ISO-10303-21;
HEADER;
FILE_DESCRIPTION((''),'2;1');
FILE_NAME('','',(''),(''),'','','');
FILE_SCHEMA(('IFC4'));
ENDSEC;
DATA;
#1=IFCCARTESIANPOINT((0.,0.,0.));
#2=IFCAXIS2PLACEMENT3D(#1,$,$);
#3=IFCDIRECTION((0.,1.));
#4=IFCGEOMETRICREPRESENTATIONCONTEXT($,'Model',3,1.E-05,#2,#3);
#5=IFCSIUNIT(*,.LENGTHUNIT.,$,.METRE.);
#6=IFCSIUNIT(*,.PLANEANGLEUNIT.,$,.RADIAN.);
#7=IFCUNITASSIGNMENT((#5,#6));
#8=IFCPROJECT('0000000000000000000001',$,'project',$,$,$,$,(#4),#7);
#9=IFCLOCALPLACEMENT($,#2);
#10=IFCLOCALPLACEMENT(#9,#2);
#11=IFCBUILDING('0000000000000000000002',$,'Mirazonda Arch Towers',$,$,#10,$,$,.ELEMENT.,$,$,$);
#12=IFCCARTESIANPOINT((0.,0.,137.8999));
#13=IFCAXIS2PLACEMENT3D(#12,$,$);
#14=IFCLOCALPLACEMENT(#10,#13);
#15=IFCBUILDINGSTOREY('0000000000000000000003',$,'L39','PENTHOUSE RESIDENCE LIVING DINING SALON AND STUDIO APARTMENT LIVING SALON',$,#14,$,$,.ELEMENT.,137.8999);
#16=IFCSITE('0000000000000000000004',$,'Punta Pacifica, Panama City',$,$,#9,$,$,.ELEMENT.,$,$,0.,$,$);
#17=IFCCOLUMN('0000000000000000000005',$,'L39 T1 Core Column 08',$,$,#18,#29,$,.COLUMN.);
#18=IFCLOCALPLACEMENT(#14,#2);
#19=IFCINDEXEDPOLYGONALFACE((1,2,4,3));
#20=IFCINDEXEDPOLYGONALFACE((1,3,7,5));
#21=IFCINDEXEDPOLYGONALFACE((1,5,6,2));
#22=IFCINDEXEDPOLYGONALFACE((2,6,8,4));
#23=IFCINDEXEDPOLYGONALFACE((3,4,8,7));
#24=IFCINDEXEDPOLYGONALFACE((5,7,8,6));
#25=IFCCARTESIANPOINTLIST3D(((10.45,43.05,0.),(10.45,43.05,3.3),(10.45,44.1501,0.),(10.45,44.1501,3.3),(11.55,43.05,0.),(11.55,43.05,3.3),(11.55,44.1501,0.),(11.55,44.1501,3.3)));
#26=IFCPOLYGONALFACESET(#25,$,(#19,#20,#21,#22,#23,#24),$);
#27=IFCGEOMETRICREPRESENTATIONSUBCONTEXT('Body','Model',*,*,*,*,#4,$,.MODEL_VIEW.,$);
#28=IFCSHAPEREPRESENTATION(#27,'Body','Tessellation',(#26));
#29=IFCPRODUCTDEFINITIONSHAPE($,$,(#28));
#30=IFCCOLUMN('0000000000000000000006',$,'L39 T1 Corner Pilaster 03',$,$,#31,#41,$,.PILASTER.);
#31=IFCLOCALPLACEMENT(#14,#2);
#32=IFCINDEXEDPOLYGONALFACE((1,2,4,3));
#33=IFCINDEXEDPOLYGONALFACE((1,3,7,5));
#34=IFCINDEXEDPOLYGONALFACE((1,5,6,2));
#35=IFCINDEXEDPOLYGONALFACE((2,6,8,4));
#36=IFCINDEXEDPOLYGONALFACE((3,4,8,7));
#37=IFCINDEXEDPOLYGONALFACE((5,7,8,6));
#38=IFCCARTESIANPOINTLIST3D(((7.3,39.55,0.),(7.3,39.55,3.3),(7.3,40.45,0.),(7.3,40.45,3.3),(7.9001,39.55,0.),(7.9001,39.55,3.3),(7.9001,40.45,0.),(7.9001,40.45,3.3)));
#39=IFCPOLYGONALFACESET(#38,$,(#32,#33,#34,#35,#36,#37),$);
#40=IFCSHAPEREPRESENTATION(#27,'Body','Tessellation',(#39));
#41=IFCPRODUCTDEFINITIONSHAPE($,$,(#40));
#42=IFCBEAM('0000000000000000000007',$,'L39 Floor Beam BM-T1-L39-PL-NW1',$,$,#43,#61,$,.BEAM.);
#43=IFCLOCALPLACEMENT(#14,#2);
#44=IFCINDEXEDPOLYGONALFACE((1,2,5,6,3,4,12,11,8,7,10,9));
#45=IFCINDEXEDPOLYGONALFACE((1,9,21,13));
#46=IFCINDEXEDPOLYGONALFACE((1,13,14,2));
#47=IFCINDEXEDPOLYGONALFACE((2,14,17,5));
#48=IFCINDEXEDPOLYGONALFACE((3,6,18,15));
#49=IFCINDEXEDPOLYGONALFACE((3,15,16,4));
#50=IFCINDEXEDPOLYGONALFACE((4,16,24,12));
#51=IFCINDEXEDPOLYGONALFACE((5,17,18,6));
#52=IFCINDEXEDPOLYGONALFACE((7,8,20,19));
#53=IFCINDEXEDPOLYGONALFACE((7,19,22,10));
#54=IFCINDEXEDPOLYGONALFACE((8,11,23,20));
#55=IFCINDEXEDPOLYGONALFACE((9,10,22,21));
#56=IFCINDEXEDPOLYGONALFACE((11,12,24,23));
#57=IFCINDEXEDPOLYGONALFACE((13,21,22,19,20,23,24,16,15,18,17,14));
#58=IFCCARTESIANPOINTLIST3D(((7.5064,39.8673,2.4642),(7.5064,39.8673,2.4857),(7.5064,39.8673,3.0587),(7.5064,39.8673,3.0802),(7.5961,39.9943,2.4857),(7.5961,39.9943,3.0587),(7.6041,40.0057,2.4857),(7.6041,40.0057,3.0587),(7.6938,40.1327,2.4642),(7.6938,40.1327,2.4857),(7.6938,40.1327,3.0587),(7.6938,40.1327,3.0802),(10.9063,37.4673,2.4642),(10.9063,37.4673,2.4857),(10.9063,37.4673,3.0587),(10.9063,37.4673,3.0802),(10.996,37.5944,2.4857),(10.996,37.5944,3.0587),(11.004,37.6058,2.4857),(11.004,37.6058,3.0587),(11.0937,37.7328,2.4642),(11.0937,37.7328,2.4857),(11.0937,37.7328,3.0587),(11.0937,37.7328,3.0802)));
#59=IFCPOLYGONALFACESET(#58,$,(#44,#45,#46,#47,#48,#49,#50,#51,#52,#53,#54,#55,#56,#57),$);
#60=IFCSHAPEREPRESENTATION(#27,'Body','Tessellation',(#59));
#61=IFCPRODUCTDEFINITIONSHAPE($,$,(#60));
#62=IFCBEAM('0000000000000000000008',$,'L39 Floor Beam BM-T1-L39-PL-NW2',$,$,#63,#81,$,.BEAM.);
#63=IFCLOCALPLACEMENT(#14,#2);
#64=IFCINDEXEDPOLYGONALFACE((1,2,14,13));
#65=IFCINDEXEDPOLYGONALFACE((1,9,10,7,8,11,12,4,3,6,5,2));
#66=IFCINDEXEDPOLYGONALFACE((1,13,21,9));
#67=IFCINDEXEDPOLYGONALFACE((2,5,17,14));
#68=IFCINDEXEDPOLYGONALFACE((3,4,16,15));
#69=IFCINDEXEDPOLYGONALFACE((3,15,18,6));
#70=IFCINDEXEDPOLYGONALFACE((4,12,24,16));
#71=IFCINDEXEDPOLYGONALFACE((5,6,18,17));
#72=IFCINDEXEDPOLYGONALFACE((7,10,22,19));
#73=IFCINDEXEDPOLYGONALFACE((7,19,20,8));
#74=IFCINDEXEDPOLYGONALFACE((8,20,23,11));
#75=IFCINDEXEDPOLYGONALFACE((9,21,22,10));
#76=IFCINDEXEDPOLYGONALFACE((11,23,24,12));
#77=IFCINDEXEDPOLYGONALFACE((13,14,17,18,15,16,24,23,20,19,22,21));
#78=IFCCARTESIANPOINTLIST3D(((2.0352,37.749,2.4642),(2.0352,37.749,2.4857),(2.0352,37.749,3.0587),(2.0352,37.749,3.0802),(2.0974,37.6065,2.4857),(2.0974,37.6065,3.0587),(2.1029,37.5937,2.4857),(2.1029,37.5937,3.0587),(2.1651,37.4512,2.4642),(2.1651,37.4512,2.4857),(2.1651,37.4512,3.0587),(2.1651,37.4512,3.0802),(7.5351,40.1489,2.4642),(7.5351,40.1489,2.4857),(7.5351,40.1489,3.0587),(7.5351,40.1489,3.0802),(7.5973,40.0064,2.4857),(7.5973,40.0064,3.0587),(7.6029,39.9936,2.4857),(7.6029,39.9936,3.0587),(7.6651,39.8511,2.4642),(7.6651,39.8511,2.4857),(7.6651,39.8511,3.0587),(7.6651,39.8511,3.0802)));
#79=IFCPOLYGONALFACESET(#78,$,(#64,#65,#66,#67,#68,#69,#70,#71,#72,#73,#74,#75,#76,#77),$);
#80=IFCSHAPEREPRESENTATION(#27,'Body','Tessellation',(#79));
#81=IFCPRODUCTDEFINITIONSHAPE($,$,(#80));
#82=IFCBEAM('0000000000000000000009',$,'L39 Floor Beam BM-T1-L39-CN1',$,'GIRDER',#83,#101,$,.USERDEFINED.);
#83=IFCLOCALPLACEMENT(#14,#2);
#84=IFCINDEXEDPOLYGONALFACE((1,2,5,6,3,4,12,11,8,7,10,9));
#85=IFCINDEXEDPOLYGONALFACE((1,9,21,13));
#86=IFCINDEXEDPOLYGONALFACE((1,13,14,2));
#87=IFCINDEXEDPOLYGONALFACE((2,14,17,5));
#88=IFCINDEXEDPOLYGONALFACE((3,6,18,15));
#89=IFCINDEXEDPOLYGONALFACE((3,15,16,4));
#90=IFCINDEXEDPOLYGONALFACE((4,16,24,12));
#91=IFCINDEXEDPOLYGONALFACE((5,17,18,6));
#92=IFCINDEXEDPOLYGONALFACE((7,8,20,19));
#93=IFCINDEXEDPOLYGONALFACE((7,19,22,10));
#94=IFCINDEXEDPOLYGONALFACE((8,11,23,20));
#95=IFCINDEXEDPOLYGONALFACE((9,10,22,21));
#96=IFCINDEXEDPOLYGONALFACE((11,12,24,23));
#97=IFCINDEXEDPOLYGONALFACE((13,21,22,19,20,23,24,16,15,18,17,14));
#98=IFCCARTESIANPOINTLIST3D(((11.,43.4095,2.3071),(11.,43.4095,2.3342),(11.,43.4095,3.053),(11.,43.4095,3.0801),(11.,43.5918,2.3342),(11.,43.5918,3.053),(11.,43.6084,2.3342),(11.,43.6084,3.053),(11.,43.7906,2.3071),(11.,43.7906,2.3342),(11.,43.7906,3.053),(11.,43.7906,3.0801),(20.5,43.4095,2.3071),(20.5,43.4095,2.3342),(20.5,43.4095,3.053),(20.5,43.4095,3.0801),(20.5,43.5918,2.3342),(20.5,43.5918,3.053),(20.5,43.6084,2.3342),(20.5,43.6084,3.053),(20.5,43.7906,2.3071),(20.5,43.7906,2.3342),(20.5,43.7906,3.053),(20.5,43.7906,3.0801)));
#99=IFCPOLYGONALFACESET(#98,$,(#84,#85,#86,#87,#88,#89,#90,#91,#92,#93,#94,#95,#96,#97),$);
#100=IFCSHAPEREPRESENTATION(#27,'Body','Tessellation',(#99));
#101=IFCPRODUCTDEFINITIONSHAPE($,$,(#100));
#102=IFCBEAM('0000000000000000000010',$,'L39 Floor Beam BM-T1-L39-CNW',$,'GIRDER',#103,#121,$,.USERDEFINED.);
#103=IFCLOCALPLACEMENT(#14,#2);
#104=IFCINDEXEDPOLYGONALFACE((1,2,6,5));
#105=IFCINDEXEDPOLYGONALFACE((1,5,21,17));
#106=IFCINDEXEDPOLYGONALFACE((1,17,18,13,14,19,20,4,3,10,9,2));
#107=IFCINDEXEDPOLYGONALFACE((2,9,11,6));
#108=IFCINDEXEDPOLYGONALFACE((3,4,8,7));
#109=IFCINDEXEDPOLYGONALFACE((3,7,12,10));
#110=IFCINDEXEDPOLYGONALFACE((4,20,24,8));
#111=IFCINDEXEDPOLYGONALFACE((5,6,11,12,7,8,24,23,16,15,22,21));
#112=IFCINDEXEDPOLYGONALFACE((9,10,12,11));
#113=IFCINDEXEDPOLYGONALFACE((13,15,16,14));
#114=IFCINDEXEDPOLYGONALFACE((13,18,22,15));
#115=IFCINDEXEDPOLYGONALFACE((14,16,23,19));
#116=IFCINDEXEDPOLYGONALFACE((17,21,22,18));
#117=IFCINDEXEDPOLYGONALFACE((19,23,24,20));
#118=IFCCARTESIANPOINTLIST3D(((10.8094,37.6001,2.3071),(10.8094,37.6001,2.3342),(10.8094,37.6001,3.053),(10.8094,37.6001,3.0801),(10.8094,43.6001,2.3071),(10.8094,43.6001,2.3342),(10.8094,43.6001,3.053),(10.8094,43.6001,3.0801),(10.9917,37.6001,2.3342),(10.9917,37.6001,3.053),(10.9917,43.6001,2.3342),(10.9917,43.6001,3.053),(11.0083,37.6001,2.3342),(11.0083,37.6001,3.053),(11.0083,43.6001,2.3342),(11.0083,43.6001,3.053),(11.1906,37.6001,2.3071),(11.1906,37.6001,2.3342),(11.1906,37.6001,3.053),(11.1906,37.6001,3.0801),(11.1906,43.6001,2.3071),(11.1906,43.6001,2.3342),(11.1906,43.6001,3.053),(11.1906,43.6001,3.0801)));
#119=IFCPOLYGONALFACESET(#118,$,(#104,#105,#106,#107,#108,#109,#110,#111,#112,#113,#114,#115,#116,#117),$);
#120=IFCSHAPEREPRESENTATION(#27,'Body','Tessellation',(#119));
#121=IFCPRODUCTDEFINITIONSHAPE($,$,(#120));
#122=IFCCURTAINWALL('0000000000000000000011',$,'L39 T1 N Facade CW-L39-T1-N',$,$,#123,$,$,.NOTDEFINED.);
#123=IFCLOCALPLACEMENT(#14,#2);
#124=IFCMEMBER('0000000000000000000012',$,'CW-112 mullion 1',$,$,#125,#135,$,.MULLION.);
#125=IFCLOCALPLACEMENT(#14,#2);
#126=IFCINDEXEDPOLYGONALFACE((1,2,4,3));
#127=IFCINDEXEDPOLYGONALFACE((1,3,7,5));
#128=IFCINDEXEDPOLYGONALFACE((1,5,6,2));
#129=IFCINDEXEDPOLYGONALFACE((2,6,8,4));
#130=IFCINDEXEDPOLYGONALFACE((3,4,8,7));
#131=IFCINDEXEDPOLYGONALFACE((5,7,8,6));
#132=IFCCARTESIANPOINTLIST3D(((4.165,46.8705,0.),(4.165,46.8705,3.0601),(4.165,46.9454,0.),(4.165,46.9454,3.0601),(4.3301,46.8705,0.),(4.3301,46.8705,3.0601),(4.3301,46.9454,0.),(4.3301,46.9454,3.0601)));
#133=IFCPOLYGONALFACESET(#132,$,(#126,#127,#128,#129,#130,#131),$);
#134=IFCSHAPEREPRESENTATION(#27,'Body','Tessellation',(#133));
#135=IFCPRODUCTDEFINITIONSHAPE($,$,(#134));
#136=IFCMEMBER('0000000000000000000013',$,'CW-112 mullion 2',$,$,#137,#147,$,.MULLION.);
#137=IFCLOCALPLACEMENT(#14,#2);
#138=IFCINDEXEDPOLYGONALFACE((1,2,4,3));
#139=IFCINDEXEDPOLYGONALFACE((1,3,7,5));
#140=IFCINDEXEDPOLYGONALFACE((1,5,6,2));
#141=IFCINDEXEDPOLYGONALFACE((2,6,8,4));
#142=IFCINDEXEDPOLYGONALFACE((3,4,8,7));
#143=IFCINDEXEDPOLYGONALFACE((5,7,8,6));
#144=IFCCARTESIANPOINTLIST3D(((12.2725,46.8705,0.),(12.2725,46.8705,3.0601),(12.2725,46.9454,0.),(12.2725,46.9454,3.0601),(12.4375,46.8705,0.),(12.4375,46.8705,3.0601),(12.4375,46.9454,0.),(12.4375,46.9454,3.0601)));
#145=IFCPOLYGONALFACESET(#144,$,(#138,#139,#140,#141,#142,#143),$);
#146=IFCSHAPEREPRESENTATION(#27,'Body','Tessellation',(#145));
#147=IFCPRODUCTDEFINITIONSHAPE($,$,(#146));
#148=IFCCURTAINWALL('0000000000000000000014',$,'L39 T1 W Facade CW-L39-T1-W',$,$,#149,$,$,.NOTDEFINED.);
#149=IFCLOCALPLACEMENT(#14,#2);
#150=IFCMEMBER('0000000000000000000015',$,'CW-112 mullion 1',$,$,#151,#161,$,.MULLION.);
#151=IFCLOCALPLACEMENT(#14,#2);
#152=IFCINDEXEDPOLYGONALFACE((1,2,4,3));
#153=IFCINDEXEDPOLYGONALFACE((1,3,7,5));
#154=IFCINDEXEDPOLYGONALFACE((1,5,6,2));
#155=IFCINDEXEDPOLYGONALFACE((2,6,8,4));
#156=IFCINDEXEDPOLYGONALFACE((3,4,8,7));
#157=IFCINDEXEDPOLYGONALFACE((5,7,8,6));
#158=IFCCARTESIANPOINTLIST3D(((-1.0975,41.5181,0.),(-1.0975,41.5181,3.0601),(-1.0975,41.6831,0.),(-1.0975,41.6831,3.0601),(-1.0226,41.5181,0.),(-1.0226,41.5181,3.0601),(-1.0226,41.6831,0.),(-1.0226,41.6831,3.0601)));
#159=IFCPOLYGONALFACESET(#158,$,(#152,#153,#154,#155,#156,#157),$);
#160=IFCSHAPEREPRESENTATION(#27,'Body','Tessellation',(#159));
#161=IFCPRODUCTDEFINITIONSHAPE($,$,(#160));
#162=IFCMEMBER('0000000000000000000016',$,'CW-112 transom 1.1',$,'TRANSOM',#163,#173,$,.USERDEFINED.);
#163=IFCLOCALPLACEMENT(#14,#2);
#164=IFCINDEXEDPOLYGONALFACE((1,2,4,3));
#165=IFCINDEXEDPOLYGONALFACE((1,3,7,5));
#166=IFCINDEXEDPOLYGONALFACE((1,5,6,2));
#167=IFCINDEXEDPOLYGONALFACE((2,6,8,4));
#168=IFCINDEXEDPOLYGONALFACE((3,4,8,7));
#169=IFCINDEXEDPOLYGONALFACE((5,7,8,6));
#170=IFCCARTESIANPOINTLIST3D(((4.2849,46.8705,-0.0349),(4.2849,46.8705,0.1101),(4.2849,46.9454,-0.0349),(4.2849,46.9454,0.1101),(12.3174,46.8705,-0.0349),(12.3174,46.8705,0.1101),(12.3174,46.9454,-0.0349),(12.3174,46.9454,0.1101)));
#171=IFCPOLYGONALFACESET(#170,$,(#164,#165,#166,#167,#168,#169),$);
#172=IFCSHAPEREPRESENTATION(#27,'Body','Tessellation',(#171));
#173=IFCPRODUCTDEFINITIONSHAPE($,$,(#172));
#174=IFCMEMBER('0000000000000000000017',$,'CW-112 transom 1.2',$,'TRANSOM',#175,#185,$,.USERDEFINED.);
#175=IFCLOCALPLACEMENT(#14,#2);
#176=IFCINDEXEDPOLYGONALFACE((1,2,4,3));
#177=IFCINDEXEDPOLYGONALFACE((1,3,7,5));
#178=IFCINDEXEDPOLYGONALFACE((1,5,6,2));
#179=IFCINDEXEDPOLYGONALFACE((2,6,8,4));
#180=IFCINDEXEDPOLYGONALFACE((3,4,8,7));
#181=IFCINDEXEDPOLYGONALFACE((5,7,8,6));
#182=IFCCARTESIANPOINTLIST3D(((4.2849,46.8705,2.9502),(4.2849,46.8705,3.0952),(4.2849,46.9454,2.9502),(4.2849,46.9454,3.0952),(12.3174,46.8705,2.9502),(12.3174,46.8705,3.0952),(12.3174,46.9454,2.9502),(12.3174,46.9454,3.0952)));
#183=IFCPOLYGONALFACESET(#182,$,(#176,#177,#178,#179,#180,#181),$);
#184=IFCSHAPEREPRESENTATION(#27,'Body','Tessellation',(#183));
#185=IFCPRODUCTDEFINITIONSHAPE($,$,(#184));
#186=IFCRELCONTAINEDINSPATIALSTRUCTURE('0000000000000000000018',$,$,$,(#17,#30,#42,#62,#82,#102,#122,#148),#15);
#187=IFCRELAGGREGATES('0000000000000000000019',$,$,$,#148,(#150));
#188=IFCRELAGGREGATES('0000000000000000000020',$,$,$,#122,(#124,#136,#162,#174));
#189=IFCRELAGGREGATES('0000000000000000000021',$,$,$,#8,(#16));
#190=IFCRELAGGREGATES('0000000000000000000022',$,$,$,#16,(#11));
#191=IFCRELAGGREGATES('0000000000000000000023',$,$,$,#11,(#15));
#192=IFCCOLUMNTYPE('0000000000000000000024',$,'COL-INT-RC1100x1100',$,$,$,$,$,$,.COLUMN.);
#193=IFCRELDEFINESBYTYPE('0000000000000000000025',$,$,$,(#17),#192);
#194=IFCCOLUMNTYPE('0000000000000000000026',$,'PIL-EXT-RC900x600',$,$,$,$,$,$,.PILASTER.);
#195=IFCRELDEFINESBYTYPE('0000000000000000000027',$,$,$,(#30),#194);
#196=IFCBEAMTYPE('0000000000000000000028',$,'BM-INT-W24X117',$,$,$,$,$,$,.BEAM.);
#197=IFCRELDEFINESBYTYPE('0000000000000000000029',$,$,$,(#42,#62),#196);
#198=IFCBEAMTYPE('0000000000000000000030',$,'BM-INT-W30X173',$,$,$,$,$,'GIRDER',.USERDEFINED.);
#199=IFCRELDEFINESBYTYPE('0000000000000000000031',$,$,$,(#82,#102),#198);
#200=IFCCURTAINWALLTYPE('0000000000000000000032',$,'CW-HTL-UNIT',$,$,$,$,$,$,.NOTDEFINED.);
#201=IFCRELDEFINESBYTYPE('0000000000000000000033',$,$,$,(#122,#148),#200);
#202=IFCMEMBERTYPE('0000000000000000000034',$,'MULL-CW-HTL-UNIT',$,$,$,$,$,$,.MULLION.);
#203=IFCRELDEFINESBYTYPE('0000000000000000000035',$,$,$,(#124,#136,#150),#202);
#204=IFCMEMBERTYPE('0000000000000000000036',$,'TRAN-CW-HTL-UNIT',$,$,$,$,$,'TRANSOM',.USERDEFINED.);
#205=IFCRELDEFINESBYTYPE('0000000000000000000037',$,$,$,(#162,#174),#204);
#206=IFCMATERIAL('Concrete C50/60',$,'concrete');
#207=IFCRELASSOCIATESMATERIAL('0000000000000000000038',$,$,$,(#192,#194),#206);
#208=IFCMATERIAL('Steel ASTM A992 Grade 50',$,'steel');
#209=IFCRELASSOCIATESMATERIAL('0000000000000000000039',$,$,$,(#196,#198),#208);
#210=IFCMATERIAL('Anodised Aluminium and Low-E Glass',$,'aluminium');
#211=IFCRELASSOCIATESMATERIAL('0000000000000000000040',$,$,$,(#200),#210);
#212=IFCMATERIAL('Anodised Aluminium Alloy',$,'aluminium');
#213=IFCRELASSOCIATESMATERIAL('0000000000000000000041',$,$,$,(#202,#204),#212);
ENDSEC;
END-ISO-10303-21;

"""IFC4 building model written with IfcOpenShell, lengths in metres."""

from ifc_helpers import new_model, si_unit, direction, frame, origin, origin_2d, place, context, subcontext, project, spatial, rectangle, i_section, extrude, material, material_profile, profile_set, type_object, element, aggregate, save


model = new_model("IFC4")

# Units and contexts
model_context = context("Model", 3, precision=1e-05, world=origin(), true_north=direction((0.0, 1.0)))
body_context = subcontext(model_context, "Body", "Model", "MODEL_VIEW")
ifc_project = project(units=[si_unit("LENGTHUNIT", "METRE"), si_unit("PLANEANGLEUNIT", "RADIAN")], contexts=[model_context])

# Site, building, storey
site_placement = place(None, origin())
site = spatial("IfcSite", under=ifc_project, at=site_placement, Name="Punta Pacifica, Panama City", CompositionType="ELEMENT", RefElevation=0.0)
building_placement = place(site_placement, origin())
building = spatial("IfcBuilding", under=site, at=building_placement, Name="Mirazonda Arch Towers", CompositionType="ELEMENT")
storey_placement = place(building_placement, frame((0.0, 0.0, 137.8999)))
storey = spatial("IfcBuildingStorey", under=building, at=storey_placement, Name="L39", Description="PENTHOUSE RESIDENCE LIVING DINING SALON AND STUDIO APARTMENT LIVING SALON", CompositionType="ELEMENT", Elevation=137.8999)

# Columns
ifc_material_1 = material(Name="Concrete C50/60", Category="concrete")
ifc_material_profile_1 = material_profile(ifc_material_1, rectangle(XDim=1.1001, YDim=1.1001, at=origin_2d()), Name="RC1100x1100")
ifc_profile_set_1 = profile_set([ifc_material_profile_1], Name="Concrete C50/60")
column_type_1 = type_object("IfcColumnType", Name="COL-INT-RC1100x1100", PredefinedType="COLUMN", material=ifc_profile_set_1)
column_1_placement = place(storey_placement, frame((11.0, 43.6001, 0.0), z_axis=(0.0, 0.0, 1.0), x_axis=(1.0, 0.0, 0.0)))
element("IfcColumn", 1, at=column_1_placement, inside=storey, type_object=column_type_1, Name="L39 T1 Core Column 08", PredefinedType="COLUMN", context=body_context, shape_type="SweptSolid", body=[
    extrude(rectangle(XDim=1.1001, YDim=1.1001, at=origin_2d()), origin(), (0.0, 0.0, 1.0), 3.3),
])
ifc_material_profile_2 = material_profile(ifc_material_1, rectangle(XDim=0.6001, YDim=0.8999, at=origin_2d()), Name="RC900x600")
ifc_profile_set_2 = profile_set([ifc_material_profile_2], Name="Concrete C50/60")
column_type_2 = type_object("IfcColumnType", Name="PIL-EXT-RC900x600", PredefinedType="PILASTER", material=ifc_profile_set_2)
column_2_placement = place(storey_placement, frame((7.6001, 40.0, 0.0), z_axis=(0.0, 0.0, 1.0), x_axis=(1.0, 0.0, 0.0)))
element("IfcColumn", 2, at=column_2_placement, inside=storey, type_object=column_type_2, Name="L39 T1 Corner Pilaster 03", PredefinedType="PILASTER", context=body_context, shape_type="SweptSolid", body=[
    extrude(rectangle(XDim=0.6001, YDim=0.8999, at=origin_2d()), origin(), (0.0, 0.0, 1.0), 3.3),
])

# Beams
ifc_material_2 = material(Name="Steel ASTM A992 Grade 50", Category="steel")
ifc_material_profile_3 = material_profile(ifc_material_2, i_section(OverallWidth=0.325, OverallDepth=0.616, WebThickness=0.0139, FlangeThickness=0.0215, at=origin_2d()), Name="W24X117")
ifc_profile_set_3 = profile_set([ifc_material_profile_3], Name="Steel ASTM A992 Grade 50")
beam_type_1 = type_object("IfcBeamType", Name="BM-INT-W24X117", PredefinedType="BEAM", material=ifc_profile_set_3)
beam_1_placement = place(storey_placement, frame((7.6001, 40.0, 2.7722), z_axis=(0.816971, -0.576679, 0.0), x_axis=(0.576679, 0.816971, 0.0)))
element("IfcBeam", 3, at=beam_1_placement, inside=storey, type_object=beam_type_1, Name="L39 Floor Beam BM-T1-L39-PL-NW1", PredefinedType="BEAM", context=body_context, shape_type="SweptSolid", body=[
    extrude(i_section(OverallWidth=0.325, OverallDepth=0.616, WebThickness=0.0139, FlangeThickness=0.0215, at=origin_2d()), origin(), (0.0, 0.0, 1.0), 4.1616),
])
beam_2_placement = place(storey_placement, frame((7.6001, 40.0, 2.7722), z_axis=(-0.916545, -0.399931, 0.0), x_axis=(0.399931, -0.916545, 0.0)))
element("IfcBeam", 4, at=beam_2_placement, inside=storey, type_object=beam_type_1, Name="L39 Floor Beam BM-T1-L39-PL-NW2", PredefinedType="BEAM", context=body_context, shape_type="SweptSolid", body=[
    extrude(i_section(OverallWidth=0.325, OverallDepth=0.616, WebThickness=0.0139, FlangeThickness=0.0215, at=origin_2d()), origin(), (0.0, 0.0, 1.0), 6.0007),
])
ifc_material_profile_4 = material_profile(ifc_material_2, i_section(OverallWidth=0.3811, OverallDepth=0.7729, WebThickness=0.0166, FlangeThickness=0.0271, at=origin_2d()), Name="W30X173")
ifc_profile_set_4 = profile_set([ifc_material_profile_4], Name="Steel ASTM A992 Grade 50")
beam_type_2 = type_object("IfcBeamType", Name="BM-INT-W30X173", ElementType="GIRDER", PredefinedType="USERDEFINED", material=ifc_profile_set_4)
beam_3_placement = place(storey_placement, frame((11.0, 43.6001, 2.6936), z_axis=(1.0, 0.0, 0.0), x_axis=(0.0, 1.0, 0.0)))
element("IfcBeam", 5, at=beam_3_placement, inside=storey, type_object=beam_type_2, Name="L39 Floor Beam BM-T1-L39-CN1", ObjectType="GIRDER", PredefinedType="USERDEFINED", context=body_context, shape_type="SweptSolid", body=[
    extrude(i_section(OverallWidth=0.3811, OverallDepth=0.7729, WebThickness=0.0166, FlangeThickness=0.0271, at=origin_2d()), origin(), (0.0, 0.0, 1.0), 9.5),
])
beam_4_placement = place(storey_placement, frame((11.0, 37.6001, 2.6936), z_axis=(0.0, 1.0, 0.0), x_axis=(-1.0, 0.0, 0.0)))
element("IfcBeam", 6, at=beam_4_placement, inside=storey, type_object=beam_type_2, Name="L39 Floor Beam BM-T1-L39-CNW", ObjectType="GIRDER", PredefinedType="USERDEFINED", context=body_context, shape_type="SweptSolid", body=[
    extrude(i_section(OverallWidth=0.3811, OverallDepth=0.7729, WebThickness=0.0166, FlangeThickness=0.0271, at=origin_2d()), origin(), (0.0, 0.0, 1.0), 6.0),
])

# Curtain wall, members
ifc_material_3 = material(Name="Anodised Aluminium and Low-E Glass", Category="aluminium")
curtain_wall_type = type_object("IfcCurtainWallType", Name="CW-HTL-UNIT", PredefinedType="NOTDEFINED", material=ifc_material_3)
curtain_wall_1_placement = place(storey_placement, origin())
curtain_wall_1 = element("IfcCurtainWall", 7, at=curtain_wall_1_placement, inside=storey, type_object=curtain_wall_type, Name="L39 T1 N Facade CW-L39-T1-N", PredefinedType="NOTDEFINED")
ifc_material_4 = material(Name="Anodised Aluminium Alloy", Category="aluminium")
ifc_material_profile_5 = material_profile(ifc_material_4, rectangle(XDim=0.075, YDim=0.165, at=origin_2d()), Name="ALU-MULL-75x165")
ifc_profile_set_5 = profile_set([ifc_material_profile_5], Name="Anodised Aluminium Alloy")
member_type_1 = type_object("IfcMemberType", Name="MULL-CW-HTL-UNIT", PredefinedType="MULLION", material=ifc_profile_set_5)
member_1_placement = place(storey_placement, frame((4.2476, 46.908, 0.0), z_axis=(0.0, 0.0, 1.0), x_axis=(0.0, 1.0, 0.0)))
member_1 = element("IfcMember", 8, at=member_1_placement, type_object=member_type_1, Name="CW-112 mullion 1", PredefinedType="MULLION", context=body_context, shape_type="SweptSolid", body=[
    extrude(rectangle(XDim=0.075, YDim=0.165, at=origin_2d()), origin(), (0.0, 0.0, 1.0), 3.0601),
])
member_2_placement = place(storey_placement, frame((12.355, 46.908, 0.0), z_axis=(0.0, 0.0, 1.0), x_axis=(0.0, 1.0, 0.0)))
member_2 = element("IfcMember", 9, at=member_2_placement, type_object=member_type_1, Name="CW-112 mullion 2", PredefinedType="MULLION", context=body_context, shape_type="SweptSolid", body=[
    extrude(rectangle(XDim=0.075, YDim=0.165, at=origin_2d()), origin(), (0.0, 0.0, 1.0), 3.0601),
])

# Curtain wall, member
curtain_wall_2_placement = place(storey_placement, origin())
curtain_wall_2 = element("IfcCurtainWall", 10, at=curtain_wall_2_placement, inside=storey, type_object=curtain_wall_type, Name="L39 T1 W Facade CW-L39-T1-W", PredefinedType="NOTDEFINED")
member_3_placement = place(storey_placement, frame((-1.0601, 41.6006, 0.0), z_axis=(0.0, 0.0, 1.0), x_axis=(1.0, 0.0, 0.0)))
member_3 = element("IfcMember", 11, at=member_3_placement, type_object=member_type_1, Name="CW-112 mullion 1", PredefinedType="MULLION", context=body_context, shape_type="SweptSolid", body=[
    extrude(rectangle(XDim=0.075, YDim=0.165, at=origin_2d()), origin(), (0.0, 0.0, 1.0), 3.0601),
])

# Members
ifc_material_profile_6 = material_profile(ifc_material_4, rectangle(XDim=0.075, YDim=0.145, at=origin_2d()), Name="ALU-TRAN-75x145")
ifc_profile_set_6 = profile_set([ifc_material_profile_6], Name="Anodised Aluminium Alloy")
member_type_2 = type_object("IfcMemberType", Name="TRAN-CW-HTL-UNIT", ElementType="TRANSOM", PredefinedType="USERDEFINED", material=ifc_profile_set_6)
member_4_placement = place(storey_placement, frame((4.2849, 46.908, 0.0376), z_axis=(1.0, 0.0, 0.0), x_axis=(0.0, 1.0, 0.0)))
member_4 = element("IfcMember", 12, at=member_4_placement, type_object=member_type_2, Name="CW-112 transom 1.1", ObjectType="TRANSOM", PredefinedType="USERDEFINED", context=body_context, shape_type="SweptSolid", body=[
    extrude(rectangle(XDim=0.075, YDim=0.145, at=origin_2d()), origin(), (0.0, 0.0, 1.0), 8.0325),
])
member_5_placement = place(storey_placement, frame((4.2849, 46.908, 3.0227), z_axis=(1.0, 0.0, 0.0), x_axis=(0.0, 1.0, 0.0)))
member_5 = element("IfcMember", 13, at=member_5_placement, type_object=member_type_2, Name="CW-112 transom 1.2", ObjectType="TRANSOM", PredefinedType="USERDEFINED", context=body_context, shape_type="SweptSolid", body=[
    extrude(rectangle(XDim=0.075, YDim=0.145, at=origin_2d()), origin(), (0.0, 0.0, 1.0), 8.0325),
])
aggregate(curtain_wall_2, [member_3])

aggregate(curtain_wall_1, [member_1, member_2, member_4, member_5])

save(model, "model.ifc")
